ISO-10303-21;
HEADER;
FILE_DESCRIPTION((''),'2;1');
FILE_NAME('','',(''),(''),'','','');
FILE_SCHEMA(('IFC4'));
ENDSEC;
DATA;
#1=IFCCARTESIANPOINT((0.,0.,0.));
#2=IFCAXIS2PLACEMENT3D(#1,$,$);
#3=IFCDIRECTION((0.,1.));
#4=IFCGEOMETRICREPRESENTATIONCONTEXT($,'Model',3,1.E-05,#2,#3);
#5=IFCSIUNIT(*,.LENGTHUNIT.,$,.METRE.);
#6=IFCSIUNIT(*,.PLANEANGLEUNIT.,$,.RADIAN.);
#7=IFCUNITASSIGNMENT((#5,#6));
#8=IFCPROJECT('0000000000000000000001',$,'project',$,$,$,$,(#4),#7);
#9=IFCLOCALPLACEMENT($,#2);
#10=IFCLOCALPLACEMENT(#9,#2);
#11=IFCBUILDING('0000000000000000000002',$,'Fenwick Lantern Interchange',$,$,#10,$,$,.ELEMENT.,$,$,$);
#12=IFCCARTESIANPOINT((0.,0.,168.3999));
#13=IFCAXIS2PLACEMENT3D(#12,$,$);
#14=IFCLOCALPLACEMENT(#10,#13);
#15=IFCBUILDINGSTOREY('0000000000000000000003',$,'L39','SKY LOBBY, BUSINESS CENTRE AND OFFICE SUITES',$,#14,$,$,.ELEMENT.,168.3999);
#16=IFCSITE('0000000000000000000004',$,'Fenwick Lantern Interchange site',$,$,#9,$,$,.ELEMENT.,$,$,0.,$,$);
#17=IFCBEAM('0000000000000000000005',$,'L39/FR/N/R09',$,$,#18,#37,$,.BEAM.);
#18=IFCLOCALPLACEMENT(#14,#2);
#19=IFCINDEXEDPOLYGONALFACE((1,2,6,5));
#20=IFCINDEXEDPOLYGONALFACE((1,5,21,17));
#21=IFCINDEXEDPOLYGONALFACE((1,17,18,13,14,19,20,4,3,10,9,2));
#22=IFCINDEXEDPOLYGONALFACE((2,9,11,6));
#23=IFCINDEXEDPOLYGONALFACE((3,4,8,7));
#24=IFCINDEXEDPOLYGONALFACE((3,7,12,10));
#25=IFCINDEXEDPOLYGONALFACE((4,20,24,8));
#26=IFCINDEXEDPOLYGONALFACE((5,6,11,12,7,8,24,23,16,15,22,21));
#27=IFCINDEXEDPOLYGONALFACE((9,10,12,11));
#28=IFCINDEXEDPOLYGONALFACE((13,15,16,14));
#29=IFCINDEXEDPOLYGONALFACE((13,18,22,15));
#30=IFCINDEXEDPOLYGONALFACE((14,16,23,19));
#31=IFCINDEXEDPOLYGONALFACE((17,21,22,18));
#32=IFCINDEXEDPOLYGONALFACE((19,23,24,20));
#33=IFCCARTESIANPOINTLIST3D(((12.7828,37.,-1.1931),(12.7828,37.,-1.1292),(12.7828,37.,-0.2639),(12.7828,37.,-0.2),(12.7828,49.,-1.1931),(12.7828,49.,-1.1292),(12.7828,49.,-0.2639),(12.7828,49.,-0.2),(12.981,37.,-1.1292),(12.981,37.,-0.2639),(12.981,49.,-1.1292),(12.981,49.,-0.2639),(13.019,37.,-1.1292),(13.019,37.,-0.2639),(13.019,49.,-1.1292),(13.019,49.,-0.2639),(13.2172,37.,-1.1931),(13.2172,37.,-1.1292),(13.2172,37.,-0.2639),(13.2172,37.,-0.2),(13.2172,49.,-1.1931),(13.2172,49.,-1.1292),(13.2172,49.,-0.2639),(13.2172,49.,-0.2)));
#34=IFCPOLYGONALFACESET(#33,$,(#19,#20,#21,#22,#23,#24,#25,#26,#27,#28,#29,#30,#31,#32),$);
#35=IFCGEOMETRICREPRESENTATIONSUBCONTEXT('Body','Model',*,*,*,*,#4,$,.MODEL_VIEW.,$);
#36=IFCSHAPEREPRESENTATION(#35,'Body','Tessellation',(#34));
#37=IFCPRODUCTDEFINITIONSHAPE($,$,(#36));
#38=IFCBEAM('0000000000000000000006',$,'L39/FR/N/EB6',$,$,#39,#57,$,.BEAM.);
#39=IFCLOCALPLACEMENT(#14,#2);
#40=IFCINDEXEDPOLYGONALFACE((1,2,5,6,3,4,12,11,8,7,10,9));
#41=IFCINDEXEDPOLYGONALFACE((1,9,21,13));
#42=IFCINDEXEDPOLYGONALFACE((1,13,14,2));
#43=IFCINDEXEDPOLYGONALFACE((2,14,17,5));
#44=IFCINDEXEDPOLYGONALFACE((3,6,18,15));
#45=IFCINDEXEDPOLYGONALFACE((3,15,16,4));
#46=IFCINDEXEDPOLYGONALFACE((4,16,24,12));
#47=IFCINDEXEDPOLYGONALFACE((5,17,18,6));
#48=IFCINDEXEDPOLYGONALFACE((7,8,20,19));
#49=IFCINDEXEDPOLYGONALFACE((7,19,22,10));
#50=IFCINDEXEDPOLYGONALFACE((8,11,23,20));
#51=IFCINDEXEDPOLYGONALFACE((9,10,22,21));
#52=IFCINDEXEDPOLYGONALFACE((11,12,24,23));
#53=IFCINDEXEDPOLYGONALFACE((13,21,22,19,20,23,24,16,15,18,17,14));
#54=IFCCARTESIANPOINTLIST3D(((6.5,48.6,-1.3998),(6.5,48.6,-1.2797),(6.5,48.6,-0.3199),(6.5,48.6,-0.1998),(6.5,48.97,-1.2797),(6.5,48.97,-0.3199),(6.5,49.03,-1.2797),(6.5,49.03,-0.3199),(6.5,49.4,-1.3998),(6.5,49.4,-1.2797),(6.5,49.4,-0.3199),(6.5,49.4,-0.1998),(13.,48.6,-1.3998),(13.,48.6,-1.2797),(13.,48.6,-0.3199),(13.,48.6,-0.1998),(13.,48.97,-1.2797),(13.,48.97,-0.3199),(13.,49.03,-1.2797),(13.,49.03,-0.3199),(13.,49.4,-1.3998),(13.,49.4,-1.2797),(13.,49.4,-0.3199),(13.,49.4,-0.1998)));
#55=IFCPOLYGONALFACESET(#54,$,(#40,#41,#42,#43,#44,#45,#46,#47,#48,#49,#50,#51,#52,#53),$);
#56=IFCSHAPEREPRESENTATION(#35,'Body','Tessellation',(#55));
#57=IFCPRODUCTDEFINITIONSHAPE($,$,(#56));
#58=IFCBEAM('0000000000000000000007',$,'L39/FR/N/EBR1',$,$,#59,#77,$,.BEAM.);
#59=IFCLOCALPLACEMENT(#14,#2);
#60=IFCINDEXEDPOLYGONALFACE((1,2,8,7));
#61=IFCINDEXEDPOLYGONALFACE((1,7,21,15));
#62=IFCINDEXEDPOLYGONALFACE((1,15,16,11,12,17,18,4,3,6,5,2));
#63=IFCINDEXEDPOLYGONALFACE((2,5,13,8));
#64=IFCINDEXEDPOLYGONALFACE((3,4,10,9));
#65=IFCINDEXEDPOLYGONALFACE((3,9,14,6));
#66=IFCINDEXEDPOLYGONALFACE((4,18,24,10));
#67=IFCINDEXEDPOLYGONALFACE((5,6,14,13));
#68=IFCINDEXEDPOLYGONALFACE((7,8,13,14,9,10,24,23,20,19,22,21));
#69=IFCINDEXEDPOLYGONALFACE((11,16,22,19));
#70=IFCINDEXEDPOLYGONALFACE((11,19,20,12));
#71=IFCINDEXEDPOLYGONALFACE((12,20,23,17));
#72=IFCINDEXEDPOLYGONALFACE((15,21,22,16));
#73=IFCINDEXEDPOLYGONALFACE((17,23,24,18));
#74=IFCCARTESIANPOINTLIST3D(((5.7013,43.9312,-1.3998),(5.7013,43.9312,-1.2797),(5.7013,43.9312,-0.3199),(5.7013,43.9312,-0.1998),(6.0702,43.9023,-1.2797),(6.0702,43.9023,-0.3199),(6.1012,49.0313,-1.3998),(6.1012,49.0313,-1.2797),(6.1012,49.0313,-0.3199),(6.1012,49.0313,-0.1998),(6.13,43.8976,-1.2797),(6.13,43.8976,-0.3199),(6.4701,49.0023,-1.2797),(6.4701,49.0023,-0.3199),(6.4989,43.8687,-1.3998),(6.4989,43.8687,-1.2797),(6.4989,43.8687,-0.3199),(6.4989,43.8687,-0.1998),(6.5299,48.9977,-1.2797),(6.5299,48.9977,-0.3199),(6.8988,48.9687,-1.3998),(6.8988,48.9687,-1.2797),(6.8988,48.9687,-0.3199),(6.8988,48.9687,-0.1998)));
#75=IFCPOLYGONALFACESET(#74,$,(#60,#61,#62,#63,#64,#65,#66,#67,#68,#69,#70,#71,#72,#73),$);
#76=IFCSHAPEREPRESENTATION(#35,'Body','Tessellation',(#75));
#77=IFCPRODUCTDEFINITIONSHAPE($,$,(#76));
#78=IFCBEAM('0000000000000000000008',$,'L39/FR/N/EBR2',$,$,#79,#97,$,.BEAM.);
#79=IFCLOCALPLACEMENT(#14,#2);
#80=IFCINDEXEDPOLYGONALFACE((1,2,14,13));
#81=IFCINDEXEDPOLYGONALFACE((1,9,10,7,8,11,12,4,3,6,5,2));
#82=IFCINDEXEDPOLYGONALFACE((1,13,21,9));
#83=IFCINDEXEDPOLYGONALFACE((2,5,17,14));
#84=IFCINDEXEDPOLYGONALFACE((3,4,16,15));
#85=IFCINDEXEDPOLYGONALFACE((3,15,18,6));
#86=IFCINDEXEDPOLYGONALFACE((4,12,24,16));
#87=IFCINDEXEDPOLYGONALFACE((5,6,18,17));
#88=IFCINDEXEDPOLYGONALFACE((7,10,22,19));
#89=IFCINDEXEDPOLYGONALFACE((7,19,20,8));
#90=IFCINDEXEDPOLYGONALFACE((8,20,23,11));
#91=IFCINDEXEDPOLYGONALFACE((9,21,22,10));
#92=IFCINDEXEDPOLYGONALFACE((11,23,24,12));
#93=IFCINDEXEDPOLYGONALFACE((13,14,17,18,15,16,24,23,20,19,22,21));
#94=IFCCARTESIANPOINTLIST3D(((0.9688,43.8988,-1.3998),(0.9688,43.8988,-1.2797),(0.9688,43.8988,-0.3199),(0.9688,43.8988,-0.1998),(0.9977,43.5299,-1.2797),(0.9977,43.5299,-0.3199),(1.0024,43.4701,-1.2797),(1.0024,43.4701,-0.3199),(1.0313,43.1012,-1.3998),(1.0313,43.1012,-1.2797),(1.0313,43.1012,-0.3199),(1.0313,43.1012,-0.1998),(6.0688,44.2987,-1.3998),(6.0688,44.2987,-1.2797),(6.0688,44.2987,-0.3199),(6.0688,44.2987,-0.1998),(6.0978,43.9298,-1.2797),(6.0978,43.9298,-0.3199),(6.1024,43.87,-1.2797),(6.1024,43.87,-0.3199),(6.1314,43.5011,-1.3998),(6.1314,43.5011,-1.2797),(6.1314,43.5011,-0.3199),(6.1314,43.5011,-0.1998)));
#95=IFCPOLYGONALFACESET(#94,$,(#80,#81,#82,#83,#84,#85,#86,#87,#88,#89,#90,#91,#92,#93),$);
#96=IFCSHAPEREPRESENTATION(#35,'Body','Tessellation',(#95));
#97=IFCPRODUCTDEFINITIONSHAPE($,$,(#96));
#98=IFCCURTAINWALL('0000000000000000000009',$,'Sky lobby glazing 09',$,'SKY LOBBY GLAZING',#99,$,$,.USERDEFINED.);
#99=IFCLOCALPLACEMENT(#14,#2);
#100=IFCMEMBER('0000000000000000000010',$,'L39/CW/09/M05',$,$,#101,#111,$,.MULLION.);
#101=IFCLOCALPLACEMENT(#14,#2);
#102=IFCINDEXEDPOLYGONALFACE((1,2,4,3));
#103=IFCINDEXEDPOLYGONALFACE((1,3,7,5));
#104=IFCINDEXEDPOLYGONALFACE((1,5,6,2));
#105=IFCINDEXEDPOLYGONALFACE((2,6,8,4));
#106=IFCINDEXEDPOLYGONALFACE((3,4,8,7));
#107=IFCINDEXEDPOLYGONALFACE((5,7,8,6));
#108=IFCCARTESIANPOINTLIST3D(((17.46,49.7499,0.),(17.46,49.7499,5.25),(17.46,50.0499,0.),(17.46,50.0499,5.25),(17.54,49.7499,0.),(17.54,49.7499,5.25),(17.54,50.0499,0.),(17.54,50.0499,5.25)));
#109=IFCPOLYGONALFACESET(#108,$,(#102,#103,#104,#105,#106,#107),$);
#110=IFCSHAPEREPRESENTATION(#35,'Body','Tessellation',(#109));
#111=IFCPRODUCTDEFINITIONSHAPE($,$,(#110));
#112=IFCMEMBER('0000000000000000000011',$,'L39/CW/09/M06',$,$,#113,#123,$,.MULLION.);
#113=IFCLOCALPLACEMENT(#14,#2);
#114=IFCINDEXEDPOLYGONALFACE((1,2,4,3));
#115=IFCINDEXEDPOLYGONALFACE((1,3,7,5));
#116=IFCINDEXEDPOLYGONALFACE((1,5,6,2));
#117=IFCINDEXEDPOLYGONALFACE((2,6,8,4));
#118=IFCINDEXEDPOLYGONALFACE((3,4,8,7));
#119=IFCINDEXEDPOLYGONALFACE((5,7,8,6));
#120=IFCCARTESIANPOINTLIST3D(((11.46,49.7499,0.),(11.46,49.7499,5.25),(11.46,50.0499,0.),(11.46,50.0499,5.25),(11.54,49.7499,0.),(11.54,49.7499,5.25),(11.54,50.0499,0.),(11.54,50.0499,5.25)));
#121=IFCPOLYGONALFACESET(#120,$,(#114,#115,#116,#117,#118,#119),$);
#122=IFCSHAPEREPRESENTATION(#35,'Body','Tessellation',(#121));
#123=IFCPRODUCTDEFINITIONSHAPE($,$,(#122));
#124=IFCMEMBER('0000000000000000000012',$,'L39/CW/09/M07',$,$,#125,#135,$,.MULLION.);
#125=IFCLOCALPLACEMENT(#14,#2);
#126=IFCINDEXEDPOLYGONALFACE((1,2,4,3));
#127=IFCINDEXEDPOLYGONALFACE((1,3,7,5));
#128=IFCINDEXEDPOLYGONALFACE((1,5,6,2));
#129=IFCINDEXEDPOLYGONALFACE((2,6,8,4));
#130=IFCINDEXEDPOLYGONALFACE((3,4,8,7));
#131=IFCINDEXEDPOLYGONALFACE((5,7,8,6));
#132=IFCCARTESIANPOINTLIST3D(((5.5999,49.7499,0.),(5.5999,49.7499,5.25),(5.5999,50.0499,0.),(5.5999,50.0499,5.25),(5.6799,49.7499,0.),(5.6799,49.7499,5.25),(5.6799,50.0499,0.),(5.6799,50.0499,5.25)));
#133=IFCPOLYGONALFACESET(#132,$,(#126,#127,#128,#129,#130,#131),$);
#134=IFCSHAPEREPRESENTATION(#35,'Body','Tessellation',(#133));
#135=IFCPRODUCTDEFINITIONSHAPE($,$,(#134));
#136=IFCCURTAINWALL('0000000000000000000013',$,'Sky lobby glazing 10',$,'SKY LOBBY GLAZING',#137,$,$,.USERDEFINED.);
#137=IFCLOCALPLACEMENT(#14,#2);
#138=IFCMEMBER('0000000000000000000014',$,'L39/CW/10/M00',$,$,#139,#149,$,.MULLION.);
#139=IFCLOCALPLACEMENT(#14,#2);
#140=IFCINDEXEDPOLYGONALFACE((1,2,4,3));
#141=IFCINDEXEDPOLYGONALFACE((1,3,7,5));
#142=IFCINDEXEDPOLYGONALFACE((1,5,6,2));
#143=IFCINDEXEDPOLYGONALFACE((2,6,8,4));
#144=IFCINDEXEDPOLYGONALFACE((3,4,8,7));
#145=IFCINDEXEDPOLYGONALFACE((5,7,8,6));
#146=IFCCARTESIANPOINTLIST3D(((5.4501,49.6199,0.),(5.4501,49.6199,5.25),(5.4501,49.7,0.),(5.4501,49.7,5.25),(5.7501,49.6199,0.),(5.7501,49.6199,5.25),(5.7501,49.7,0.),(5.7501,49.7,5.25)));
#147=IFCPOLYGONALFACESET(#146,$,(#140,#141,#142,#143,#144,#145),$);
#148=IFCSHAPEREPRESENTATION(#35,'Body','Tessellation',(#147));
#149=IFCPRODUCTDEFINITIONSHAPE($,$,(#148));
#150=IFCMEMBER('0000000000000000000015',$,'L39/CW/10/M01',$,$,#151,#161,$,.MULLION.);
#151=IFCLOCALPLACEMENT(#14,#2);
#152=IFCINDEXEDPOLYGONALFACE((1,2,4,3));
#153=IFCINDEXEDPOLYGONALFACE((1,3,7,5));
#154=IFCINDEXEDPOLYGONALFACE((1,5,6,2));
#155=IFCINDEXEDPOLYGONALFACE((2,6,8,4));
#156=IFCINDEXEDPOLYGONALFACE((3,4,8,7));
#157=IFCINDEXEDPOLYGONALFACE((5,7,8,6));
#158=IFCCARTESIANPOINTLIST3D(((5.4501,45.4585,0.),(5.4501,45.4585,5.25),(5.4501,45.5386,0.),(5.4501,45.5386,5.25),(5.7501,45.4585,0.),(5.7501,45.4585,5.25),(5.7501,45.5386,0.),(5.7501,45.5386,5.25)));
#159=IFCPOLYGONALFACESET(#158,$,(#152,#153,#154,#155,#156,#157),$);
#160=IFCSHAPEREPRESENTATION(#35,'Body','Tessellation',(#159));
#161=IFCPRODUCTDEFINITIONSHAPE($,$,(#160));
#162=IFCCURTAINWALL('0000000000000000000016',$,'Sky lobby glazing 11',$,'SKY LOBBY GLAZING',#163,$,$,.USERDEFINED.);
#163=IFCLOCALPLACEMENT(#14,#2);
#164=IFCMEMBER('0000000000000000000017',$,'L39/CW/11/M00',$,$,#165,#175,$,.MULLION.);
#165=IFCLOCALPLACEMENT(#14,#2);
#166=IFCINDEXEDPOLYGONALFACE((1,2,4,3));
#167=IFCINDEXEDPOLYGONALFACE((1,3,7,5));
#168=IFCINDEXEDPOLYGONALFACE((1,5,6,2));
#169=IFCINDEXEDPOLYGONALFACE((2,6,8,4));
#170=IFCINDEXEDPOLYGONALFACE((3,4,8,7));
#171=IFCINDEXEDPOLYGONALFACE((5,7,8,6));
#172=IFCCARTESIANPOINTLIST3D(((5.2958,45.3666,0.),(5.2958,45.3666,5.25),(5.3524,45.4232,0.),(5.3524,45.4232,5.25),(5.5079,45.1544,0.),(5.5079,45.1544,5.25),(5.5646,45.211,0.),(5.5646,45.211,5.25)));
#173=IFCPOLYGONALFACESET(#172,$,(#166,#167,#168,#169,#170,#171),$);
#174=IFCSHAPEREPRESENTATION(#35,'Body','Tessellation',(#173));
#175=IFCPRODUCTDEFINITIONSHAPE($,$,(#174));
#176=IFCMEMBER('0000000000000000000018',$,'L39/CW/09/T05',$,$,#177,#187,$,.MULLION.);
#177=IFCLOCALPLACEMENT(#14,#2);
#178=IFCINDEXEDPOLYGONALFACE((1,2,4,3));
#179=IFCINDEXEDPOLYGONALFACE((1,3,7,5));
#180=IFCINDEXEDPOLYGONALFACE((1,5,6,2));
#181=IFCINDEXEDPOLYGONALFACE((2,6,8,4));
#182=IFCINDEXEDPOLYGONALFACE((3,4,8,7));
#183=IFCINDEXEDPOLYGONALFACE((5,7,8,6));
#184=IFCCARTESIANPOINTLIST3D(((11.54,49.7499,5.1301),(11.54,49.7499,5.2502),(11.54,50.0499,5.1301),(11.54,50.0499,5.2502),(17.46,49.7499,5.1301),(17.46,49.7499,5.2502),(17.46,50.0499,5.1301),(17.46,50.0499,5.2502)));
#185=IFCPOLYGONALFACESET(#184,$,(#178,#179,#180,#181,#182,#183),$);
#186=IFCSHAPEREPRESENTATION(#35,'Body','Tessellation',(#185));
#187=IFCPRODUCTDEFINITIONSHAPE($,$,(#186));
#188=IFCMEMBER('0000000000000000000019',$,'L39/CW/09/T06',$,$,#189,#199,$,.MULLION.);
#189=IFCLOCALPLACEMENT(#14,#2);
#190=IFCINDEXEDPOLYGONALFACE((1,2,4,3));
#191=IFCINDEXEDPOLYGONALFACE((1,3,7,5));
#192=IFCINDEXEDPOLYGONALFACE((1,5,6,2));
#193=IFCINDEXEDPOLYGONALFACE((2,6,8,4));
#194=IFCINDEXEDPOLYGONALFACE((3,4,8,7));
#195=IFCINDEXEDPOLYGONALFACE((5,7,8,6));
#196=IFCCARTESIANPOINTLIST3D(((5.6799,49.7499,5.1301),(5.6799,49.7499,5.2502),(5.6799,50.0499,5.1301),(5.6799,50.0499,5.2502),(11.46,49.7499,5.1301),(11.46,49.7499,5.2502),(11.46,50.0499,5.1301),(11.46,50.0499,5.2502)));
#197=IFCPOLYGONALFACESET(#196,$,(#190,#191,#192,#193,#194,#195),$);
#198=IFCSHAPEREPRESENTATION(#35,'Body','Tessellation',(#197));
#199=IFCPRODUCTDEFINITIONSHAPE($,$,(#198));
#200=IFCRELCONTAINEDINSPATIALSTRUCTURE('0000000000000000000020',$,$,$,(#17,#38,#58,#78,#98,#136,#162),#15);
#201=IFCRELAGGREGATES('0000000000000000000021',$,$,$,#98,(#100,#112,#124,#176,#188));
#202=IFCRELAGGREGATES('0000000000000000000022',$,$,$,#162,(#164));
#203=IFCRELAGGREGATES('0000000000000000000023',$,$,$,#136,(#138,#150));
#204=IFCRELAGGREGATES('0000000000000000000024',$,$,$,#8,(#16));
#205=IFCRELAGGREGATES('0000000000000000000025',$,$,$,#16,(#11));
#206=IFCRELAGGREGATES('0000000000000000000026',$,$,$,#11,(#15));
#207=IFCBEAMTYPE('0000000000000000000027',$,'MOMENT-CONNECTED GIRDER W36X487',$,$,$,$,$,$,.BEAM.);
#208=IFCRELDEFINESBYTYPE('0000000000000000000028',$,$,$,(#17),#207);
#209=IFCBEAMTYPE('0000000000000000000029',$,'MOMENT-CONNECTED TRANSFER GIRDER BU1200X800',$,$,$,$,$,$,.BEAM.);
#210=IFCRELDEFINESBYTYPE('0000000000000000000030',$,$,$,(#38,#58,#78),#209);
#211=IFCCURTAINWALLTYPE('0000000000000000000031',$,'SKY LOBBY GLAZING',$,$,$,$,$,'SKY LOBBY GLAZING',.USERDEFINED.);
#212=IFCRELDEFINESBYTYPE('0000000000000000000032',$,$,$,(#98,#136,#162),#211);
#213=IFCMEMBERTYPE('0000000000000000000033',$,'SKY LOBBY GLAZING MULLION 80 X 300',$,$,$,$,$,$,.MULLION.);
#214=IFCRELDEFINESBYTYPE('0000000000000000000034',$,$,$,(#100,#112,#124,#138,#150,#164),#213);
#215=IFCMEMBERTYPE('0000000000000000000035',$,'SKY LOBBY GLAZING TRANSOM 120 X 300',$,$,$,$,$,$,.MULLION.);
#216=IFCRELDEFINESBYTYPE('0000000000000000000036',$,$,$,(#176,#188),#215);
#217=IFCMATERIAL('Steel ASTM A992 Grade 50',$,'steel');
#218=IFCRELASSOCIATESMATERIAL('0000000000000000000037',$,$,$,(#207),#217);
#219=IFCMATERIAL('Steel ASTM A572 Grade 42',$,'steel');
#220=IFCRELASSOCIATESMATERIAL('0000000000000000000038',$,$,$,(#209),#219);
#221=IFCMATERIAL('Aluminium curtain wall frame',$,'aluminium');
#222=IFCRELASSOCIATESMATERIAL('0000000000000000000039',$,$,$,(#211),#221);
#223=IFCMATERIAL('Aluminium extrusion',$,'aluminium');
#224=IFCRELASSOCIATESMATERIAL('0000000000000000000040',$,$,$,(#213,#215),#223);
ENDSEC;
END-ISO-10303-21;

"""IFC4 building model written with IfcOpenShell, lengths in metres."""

from ifc_helpers import new_model, si_unit, direction, frame, origin, origin_2d, place, context, subcontext, project, spatial, rectangle, i_section, extrude, material, material_profile, profile_set, type_object, element, aggregate, save


model = new_model("IFC4")

# Units and contexts
model_context = context("Model", 3, precision=1e-05, world=origin(), true_north=direction((0.0, 1.0)))
body_context = subcontext(model_context, "Body", "Model", "MODEL_VIEW")
ifc_project = project(units=[si_unit("LENGTHUNIT", "METRE"), si_unit("PLANEANGLEUNIT", "RADIAN")], contexts=[model_context])

# Site, building, storey
site_placement = place(None, origin())
site = spatial("IfcSite", under=ifc_project, at=site_placement, Name="Fenwick Lantern Interchange site", CompositionType="ELEMENT", RefElevation=0.0)
building_placement = place(site_placement, origin())
building = spatial("IfcBuilding", under=site, at=building_placement, Name="Fenwick Lantern Interchange", CompositionType="ELEMENT")
storey_placement = place(building_placement, frame((0.0, 0.0, 168.3999)))
storey = spatial("IfcBuildingStorey", under=building, at=storey_placement, Name="L39", Description="SKY LOBBY, BUSINESS CENTRE AND OFFICE SUITES", CompositionType="ELEMENT", Elevation=168.3999)

# Shared definitions
ifc_material_1 = material(Name="Steel ASTM A992 Grade 50", Category="steel")

# Beams
ifc_material_profile_1 = material_profile(ifc_material_1, i_section(OverallWidth=0.4343, OverallDepth=0.9932, WebThickness=0.0381, FlangeThickness=0.064, at=origin_2d()), Name="W36X487")
ifc_profile_set_1 = profile_set([ifc_material_profile_1], Name="Steel ASTM A992 Grade 50")
beam_type_1 = type_object("IfcBeamType", Name="MOMENT-CONNECTED GIRDER W36X487", PredefinedType="BEAM", material=ifc_profile_set_1)
beam_1_placement = place(storey_placement, frame((13.0, 49.0, -0.6965), z_axis=(0.0, -1.0, 0.0), x_axis=(1.0, 0.0, 0.0)))
element("IfcBeam", 1, at=beam_1_placement, inside=storey, type_object=beam_type_1, Name="L39/FR/N/R09", PredefinedType="BEAM", context=body_context, shape_type="SweptSolid", body=[
    extrude(i_section(OverallWidth=0.4343, OverallDepth=0.9932, WebThickness=0.0381, FlangeThickness=0.064, at=origin_2d()), origin(), (0.0, 0.0, 1.0), 12.0),
])
ifc_material_2 = material(Name="Steel ASTM A572 Grade 42", Category="steel")
ifc_material_profile_2 = material_profile(ifc_material_2, i_section(OverallWidth=0.8, OverallDepth=1.2, WebThickness=0.0601, FlangeThickness=0.1201, at=origin_2d()), Name="BU1200X800")
ifc_profile_set_2 = profile_set([ifc_material_profile_2], Name="Steel ASTM A572 Grade 42")
beam_type_2 = type_object("IfcBeamType", Name="MOMENT-CONNECTED TRANSFER GIRDER BU1200X800", PredefinedType="BEAM", material=ifc_profile_set_2)
beam_2_placement = place(storey_placement, frame((13.0, 49.0, -0.7998), z_axis=(-1.0, 0.0, 0.0), x_axis=(0.0, -1.0, 0.0)))
element("IfcBeam", 2, at=beam_2_placement, inside=storey, type_object=beam_type_2, Name="L39/FR/N/EB6", PredefinedType="BEAM", context=body_context, shape_type="SweptSolid", body=[
    extrude(i_section(OverallWidth=0.8, OverallDepth=1.2, WebThickness=0.0601, FlangeThickness=0.1201, at=origin_2d()), origin(), (0.0, 0.0, 1.0), 6.5),
])
for number, where, z_axis, x_axis, name in (
    (3, (6.5, 49.0, -0.7998), (-0.078171, -0.99694, 0.0), (0.99694, -0.078171, 0.0), "L39/FR/N/EBR1"),
    (4, (6.1001, 43.8999, -0.7998), (-0.99694, -0.078171, 0.0), (0.078171, -0.99694, 0.0), "L39/FR/N/EBR2"),
):
    element("IfcBeam", number, at=place(storey_placement, frame(where, z_axis=z_axis, x_axis=x_axis)), inside=storey, type_object=beam_type_2, Name=name, PredefinedType="BEAM", context=body_context, shape_type="SweptSolid", body=[
        extrude(i_section(OverallWidth=0.8, OverallDepth=1.2, WebThickness=0.0601, FlangeThickness=0.1201, at=origin_2d()), origin(), (0.0, 0.0, 1.0), 5.1157),
    ])

# Curtain walls, members
ifc_material_3 = material(Name="Aluminium curtain wall frame", Category="aluminium")
curtain_wall_type = type_object("IfcCurtainWallType", Name="SKY LOBBY GLAZING", ElementType="SKY LOBBY GLAZING", PredefinedType="USERDEFINED", material=ifc_material_3)
curtain_wall_1_placement = place(storey_placement, origin())
curtain_wall_1 = element("IfcCurtainWall", 5, at=curtain_wall_1_placement, inside=storey, type_object=curtain_wall_type, Name="Sky lobby glazing 09", ObjectType="SKY LOBBY GLAZING", PredefinedType="USERDEFINED")
ifc_material_4 = material(Name="Aluminium extrusion", Category="aluminium")
ifc_material_profile_3 = material_profile(ifc_material_4, rectangle(XDim=0.3, YDim=0.0801, at=origin_2d()), Name="SKY LOBBY GLAZING MULLION 80 X 300")
ifc_profile_set_3 = profile_set([ifc_material_profile_3], Name="Aluminium extrusion")
member_type_1 = type_object("IfcMemberType", Name="SKY LOBBY GLAZING MULLION 80 X 300", PredefinedType="MULLION", material=ifc_profile_set_3)
member_1_placement = place(storey_placement, frame((17.5, 49.8999, 0.0), z_axis=(0.0, 0.0, 1.0), x_axis=(0.0, -1.0, 0.0)))
member_1 = element("IfcMember", 6, at=member_1_placement, type_object=member_type_1, Name="L39/CW/09/M05", PredefinedType="MULLION", context=body_context, shape_type="SweptSolid", body=[
    extrude(rectangle(XDim=0.3, YDim=0.0801, at=origin_2d()), origin(), (0.0, 0.0, 1.0), 5.25),
])
member_2_placement = place(storey_placement, frame((11.5, 49.8999, 0.0), z_axis=(0.0, 0.0, 1.0), x_axis=(0.0, -1.0, 0.0)))
member_2 = element("IfcMember", 7, at=member_2_placement, type_object=member_type_1, Name="L39/CW/09/M06", PredefinedType="MULLION", context=body_context, shape_type="SweptSolid", body=[
    extrude(rectangle(XDim=0.3, YDim=0.0801, at=origin_2d()), origin(), (0.0, 0.0, 1.0), 5.25),
])
member_3_placement = place(storey_placement, frame((5.6399, 49.8999, 0.0), z_axis=(0.0, 0.0, 1.0), x_axis=(0.0, -1.0, 0.0)))
member_3 = element("IfcMember", 8, at=member_3_placement, type_object=member_type_1, Name="L39/CW/09/M07", PredefinedType="MULLION", context=body_context, shape_type="SweptSolid", body=[
    extrude(rectangle(XDim=0.3, YDim=0.0801, at=origin_2d()), origin(), (0.0, 0.0, 1.0), 5.25),
])
curtain_wall_2_placement = place(storey_placement, origin())
curtain_wall_2 = element("IfcCurtainWall", 9, at=curtain_wall_2_placement, inside=storey, type_object=curtain_wall_type, Name="Sky lobby glazing 10", ObjectType="SKY LOBBY GLAZING", PredefinedType="USERDEFINED")
member_4_placement = place(storey_placement, frame((5.6001, 49.6599, 0.0), z_axis=(0.0, 0.0, 1.0), x_axis=(1.0, 0.0, 0.0)))
member_4 = element("IfcMember", 10, at=member_4_placement, type_object=member_type_1, Name="L39/CW/10/M00", PredefinedType="MULLION", context=body_context, shape_type="SweptSolid", body=[
    extrude(rectangle(XDim=0.3, YDim=0.0801, at=origin_2d()), origin(), (0.0, 0.0, 1.0), 5.25),
])
member_5_placement = place(storey_placement, frame((5.6001, 45.4985, 0.0), z_axis=(0.0, 0.0, 1.0), x_axis=(1.0, 0.0, 0.0)))
member_5 = element("IfcMember", 11, at=member_5_placement, type_object=member_type_1, Name="L39/CW/10/M01", PredefinedType="MULLION", context=body_context, shape_type="SweptSolid", body=[
    extrude(rectangle(XDim=0.3, YDim=0.0801, at=origin_2d()), origin(), (0.0, 0.0, 1.0), 5.25),
])

# Curtain wall, member
curtain_wall_3_placement = place(storey_placement, origin())
curtain_wall_3 = element("IfcCurtainWall", 12, at=curtain_wall_3_placement, inside=storey, type_object=curtain_wall_type, Name="Sky lobby glazing 11", ObjectType="SKY LOBBY GLAZING", PredefinedType="USERDEFINED")
member_6_placement = place(storey_placement, frame((5.4302, 45.2888, 0.0), z_axis=(0.0, 0.0, 1.0), x_axis=(0.707107, -0.707107, 0.0)))
member_6 = element("IfcMember", 13, at=member_6_placement, type_object=member_type_1, Name="L39/CW/11/M00", PredefinedType="MULLION", context=body_context, shape_type="SweptSolid", body=[
    extrude(rectangle(XDim=0.3, YDim=0.0801, at=origin_2d()), origin(), (0.0, 0.0, 1.0), 5.25),
])

# Members
ifc_material_profile_4 = material_profile(ifc_material_4, rectangle(XDim=0.3, YDim=0.1201, at=origin_2d()), Name="SKY LOBBY GLAZING TRANSOM 120 X 300")
ifc_profile_set_4 = profile_set([ifc_material_profile_4], Name="Aluminium extrusion")
member_type_2 = type_object("IfcMemberType", Name="SKY LOBBY GLAZING TRANSOM 120 X 300", PredefinedType="MULLION", material=ifc_profile_set_4)
member_7_placement = place(storey_placement, frame((17.46, 49.8999, 5.1902), z_axis=(-1.0, 0.0, 0.0), x_axis=(0.0, -1.0, 0.0)))
member_7 = element("IfcMember", 14, at=member_7_placement, type_object=member_type_2, Name="L39/CW/09/T05", PredefinedType="MULLION", context=body_context, shape_type="SweptSolid", body=[
    extrude(rectangle(XDim=0.3, YDim=0.1201, at=origin_2d()), origin(), (0.0, 0.0, 1.0), 5.9199),
])
member_8_placement = place(storey_placement, frame((11.46, 49.8999, 5.1902), z_axis=(-1.0, 0.0, 0.0), x_axis=(0.0, -1.0, 0.0)))
member_8 = element("IfcMember", 15, at=member_8_placement, type_object=member_type_2, Name="L39/CW/09/T06", PredefinedType="MULLION", context=body_context, shape_type="SweptSolid", body=[
    extrude(rectangle(XDim=0.3, YDim=0.1201, at=origin_2d()), origin(), (0.0, 0.0, 1.0), 5.78),
])
aggregate(curtain_wall_1, [member_1, member_2, member_3, member_7, member_8])
aggregate(curtain_wall_3, [member_6])

aggregate(curtain_wall_2, [member_4, member_5])

save(model, "model.ifc")
